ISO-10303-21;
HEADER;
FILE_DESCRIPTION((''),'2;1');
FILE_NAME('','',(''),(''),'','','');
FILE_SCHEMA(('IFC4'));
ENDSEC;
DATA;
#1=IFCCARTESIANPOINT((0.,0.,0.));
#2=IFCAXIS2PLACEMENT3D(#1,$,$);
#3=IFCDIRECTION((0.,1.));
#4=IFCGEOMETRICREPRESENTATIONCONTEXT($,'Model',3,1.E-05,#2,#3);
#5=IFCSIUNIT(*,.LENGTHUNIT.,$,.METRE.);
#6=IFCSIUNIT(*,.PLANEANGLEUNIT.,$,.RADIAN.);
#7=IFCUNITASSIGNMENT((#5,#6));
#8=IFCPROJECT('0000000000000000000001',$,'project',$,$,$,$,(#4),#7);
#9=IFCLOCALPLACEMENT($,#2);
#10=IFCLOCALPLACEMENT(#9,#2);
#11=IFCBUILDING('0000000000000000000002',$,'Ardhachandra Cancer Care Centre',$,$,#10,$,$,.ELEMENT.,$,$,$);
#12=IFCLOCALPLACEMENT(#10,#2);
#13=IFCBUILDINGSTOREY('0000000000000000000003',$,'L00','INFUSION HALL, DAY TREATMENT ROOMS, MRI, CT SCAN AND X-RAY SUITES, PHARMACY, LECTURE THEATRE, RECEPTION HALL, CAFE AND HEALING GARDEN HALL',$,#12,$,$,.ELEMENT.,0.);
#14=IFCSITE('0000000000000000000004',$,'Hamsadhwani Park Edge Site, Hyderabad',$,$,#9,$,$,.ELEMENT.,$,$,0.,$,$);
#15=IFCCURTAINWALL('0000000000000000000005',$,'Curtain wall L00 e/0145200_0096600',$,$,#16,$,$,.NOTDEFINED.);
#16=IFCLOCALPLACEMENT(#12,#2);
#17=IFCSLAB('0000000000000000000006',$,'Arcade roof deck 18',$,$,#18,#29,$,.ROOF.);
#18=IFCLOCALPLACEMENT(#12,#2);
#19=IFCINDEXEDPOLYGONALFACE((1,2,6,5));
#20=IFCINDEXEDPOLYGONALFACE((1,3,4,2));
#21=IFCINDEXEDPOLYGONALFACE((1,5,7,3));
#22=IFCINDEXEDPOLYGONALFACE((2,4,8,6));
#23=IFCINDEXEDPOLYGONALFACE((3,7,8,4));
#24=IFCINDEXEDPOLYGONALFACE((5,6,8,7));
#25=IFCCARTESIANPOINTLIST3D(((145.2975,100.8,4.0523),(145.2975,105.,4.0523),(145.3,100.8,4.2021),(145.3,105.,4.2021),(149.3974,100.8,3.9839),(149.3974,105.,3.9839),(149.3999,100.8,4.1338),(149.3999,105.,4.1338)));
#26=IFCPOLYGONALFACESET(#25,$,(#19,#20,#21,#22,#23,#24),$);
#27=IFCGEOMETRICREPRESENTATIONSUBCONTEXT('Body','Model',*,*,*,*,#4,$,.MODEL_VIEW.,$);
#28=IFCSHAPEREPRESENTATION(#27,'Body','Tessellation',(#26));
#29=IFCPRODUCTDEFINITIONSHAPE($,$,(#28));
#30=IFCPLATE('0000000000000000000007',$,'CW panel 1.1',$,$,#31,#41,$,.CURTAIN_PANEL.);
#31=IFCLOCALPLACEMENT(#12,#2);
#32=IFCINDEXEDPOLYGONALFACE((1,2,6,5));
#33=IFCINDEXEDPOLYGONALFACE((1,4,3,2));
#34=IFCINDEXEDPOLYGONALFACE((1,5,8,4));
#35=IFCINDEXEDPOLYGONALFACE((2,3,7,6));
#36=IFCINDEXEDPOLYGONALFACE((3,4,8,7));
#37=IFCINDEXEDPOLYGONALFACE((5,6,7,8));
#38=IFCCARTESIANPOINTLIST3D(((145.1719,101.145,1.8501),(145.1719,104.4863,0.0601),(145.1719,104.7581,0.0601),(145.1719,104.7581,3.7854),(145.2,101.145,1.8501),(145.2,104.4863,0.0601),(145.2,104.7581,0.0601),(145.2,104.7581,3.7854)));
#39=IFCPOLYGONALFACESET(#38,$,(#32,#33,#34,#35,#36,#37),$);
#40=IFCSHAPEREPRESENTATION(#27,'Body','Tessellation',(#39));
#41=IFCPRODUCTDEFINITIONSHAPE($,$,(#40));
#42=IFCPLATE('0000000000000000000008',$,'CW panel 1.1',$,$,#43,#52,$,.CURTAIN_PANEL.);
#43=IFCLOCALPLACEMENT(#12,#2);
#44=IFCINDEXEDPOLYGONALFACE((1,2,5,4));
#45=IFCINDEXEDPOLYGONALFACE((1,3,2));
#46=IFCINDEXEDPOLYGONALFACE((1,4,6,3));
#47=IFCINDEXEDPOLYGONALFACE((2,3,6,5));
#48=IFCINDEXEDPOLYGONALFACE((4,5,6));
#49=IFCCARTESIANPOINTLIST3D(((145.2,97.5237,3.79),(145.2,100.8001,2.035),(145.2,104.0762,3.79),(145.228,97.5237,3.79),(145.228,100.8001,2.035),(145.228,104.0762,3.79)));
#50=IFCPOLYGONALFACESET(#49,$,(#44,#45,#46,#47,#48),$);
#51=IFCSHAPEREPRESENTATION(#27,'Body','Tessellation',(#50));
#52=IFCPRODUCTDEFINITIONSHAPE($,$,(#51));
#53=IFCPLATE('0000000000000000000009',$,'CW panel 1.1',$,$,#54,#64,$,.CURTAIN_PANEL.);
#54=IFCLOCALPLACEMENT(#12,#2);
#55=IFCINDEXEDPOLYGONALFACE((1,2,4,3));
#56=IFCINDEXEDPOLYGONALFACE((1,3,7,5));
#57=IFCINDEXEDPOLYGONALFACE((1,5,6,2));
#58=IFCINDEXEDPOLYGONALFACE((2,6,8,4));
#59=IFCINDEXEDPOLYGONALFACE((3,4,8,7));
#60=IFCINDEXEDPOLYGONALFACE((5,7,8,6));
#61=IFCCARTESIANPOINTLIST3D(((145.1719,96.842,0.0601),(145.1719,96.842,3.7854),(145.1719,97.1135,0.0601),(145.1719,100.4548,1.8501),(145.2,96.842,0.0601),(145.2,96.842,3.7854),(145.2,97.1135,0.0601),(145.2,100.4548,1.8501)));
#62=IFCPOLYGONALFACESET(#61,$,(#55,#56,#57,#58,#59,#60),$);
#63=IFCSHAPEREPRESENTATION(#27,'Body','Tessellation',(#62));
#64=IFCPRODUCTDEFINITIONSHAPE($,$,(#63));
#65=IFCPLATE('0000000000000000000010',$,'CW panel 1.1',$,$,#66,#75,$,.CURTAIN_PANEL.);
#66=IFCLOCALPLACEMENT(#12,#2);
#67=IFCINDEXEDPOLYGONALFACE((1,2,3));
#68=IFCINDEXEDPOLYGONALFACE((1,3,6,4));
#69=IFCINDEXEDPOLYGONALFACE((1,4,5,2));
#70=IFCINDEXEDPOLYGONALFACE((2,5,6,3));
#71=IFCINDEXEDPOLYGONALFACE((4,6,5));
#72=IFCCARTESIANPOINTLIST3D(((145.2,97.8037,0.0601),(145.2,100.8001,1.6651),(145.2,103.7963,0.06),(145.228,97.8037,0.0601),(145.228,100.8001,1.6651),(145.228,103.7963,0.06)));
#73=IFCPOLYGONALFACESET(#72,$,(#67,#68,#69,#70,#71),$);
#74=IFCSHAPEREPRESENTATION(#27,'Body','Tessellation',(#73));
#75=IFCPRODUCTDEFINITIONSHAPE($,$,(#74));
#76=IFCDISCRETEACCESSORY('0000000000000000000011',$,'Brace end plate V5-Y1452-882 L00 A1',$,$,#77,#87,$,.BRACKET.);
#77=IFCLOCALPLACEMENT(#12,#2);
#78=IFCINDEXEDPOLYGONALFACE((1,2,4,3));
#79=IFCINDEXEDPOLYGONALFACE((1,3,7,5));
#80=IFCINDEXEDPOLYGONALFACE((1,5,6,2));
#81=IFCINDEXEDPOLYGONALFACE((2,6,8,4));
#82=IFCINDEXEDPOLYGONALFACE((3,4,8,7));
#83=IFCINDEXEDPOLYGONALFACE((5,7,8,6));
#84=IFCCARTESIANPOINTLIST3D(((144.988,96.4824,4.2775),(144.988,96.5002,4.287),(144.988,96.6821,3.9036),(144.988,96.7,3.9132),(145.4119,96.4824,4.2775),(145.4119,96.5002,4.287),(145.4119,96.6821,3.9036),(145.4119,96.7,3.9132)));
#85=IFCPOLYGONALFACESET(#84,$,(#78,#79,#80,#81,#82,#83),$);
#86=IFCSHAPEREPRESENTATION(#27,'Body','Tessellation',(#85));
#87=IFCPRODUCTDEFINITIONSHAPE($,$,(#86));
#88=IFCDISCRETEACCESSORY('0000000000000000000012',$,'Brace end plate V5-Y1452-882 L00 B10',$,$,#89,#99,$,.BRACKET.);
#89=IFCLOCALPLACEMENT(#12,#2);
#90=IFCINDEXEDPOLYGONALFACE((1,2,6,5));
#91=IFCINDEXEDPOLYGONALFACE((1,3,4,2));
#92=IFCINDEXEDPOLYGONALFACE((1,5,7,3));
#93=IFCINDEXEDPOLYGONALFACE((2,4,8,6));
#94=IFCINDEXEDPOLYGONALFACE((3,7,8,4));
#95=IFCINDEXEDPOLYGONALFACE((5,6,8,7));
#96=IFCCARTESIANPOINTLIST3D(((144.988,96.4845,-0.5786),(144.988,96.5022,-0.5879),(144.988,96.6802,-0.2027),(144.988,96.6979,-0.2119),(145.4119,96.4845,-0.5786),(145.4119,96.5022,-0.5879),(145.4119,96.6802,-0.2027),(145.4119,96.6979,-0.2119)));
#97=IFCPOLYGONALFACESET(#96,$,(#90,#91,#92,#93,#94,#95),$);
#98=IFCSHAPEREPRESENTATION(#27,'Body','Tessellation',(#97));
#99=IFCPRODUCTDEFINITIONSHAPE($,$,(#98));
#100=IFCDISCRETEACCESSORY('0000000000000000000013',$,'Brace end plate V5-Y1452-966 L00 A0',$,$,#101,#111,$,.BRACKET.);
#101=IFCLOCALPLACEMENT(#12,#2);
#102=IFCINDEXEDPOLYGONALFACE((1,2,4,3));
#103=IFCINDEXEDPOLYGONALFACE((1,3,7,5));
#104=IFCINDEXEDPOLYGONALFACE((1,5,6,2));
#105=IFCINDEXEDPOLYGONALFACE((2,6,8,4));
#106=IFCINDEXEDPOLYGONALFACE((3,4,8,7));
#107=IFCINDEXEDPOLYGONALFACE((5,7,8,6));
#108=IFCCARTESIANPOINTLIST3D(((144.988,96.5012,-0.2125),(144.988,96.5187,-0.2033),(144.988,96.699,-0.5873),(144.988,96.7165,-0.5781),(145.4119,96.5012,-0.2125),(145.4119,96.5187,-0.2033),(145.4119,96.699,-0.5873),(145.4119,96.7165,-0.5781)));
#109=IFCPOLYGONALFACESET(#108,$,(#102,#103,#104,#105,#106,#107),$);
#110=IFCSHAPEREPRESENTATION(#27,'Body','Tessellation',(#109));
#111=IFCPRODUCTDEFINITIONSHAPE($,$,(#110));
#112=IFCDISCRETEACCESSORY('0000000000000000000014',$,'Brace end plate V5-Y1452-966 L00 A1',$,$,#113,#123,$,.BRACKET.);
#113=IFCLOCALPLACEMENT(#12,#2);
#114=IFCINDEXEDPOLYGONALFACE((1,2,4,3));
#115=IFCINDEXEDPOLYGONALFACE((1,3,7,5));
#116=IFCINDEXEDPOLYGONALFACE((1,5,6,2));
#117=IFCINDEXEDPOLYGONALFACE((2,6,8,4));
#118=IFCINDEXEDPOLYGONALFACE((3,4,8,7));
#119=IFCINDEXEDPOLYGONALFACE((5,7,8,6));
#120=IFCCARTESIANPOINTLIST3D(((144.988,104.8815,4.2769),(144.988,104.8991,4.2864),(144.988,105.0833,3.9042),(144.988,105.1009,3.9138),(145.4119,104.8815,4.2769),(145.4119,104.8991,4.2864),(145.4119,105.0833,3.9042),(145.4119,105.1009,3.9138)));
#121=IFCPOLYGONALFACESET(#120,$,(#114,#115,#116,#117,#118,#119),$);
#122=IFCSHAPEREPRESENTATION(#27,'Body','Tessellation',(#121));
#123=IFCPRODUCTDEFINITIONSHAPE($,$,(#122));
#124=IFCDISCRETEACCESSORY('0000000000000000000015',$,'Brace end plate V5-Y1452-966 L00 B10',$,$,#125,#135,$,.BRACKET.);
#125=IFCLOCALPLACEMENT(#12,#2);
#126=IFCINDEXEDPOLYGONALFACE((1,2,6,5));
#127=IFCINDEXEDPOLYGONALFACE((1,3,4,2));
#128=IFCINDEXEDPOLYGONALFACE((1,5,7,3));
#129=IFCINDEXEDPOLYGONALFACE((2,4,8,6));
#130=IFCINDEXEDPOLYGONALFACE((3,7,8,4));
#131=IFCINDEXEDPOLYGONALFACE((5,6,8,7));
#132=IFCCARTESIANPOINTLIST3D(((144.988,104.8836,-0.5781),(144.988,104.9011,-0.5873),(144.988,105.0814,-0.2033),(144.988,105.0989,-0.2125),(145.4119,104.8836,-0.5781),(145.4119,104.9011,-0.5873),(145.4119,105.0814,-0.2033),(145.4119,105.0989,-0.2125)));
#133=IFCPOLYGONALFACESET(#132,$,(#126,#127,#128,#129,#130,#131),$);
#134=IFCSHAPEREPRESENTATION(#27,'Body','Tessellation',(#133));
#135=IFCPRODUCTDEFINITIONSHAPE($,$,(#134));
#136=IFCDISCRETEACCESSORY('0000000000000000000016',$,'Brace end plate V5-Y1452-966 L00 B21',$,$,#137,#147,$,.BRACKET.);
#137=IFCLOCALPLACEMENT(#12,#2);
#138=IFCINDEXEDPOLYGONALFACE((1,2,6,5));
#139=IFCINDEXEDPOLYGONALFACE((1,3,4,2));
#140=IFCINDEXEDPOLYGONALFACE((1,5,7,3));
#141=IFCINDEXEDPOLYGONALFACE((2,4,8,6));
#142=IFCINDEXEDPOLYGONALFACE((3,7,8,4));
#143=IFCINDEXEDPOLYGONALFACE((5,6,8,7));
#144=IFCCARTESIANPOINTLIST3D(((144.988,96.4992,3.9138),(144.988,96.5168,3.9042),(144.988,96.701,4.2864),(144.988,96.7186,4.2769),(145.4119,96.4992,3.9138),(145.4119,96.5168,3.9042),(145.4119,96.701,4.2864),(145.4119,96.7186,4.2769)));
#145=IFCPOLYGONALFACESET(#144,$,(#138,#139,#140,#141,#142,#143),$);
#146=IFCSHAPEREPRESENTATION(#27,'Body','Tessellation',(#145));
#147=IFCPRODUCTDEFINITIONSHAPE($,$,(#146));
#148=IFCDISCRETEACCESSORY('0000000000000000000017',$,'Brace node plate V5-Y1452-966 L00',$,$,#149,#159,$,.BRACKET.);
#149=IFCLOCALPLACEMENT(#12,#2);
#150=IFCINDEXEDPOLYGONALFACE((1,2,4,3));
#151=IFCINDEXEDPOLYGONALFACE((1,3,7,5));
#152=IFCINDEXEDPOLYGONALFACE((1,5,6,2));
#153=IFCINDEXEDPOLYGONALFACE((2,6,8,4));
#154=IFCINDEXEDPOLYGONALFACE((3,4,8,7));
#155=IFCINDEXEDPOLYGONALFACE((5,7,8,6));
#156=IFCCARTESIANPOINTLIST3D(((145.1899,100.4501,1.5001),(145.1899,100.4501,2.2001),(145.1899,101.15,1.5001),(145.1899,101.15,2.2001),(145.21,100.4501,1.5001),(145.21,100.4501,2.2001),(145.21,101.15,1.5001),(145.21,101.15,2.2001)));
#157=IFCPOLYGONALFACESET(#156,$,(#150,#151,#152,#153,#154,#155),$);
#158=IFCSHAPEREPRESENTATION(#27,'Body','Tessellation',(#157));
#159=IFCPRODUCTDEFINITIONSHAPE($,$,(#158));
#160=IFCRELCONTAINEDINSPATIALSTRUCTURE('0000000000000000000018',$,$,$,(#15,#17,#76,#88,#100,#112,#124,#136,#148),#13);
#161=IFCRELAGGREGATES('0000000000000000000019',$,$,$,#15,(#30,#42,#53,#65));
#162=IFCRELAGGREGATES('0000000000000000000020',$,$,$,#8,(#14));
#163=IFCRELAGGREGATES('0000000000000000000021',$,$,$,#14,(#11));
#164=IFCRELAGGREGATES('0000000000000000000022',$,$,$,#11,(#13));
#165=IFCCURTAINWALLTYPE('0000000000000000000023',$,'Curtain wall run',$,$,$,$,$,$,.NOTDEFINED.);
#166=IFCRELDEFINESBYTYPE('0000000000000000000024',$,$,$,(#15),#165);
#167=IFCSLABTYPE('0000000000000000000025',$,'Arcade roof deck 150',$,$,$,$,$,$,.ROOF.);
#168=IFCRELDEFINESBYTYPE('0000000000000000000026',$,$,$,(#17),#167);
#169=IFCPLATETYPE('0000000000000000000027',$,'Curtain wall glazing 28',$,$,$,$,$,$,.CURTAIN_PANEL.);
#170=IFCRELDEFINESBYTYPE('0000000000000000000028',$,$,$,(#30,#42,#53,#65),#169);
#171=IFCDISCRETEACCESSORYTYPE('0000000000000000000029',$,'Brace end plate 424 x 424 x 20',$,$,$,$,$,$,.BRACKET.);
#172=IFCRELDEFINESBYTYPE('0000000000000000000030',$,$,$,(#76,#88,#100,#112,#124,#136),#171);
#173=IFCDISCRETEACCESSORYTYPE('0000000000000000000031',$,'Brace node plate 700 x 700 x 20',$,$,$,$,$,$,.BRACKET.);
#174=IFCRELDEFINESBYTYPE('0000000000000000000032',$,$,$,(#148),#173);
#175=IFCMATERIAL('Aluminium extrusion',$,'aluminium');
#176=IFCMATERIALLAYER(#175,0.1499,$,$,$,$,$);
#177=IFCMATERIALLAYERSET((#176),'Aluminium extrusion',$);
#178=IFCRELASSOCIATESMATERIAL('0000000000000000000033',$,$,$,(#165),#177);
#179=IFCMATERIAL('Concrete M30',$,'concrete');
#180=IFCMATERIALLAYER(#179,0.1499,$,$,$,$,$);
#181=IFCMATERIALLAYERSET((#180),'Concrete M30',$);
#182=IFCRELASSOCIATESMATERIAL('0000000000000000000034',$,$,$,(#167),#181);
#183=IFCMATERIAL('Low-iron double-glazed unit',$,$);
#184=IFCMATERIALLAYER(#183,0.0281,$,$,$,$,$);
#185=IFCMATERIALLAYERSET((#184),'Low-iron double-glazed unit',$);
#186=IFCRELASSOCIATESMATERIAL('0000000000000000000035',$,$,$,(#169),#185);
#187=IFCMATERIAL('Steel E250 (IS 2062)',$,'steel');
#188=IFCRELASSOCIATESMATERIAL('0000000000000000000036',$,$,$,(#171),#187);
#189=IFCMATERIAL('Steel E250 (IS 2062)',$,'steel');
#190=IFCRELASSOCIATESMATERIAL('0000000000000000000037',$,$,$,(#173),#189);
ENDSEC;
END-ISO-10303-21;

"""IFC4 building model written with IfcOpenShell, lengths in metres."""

from ifc_helpers import new_model, si_unit, direction, frame, origin, origin_2d, place, context, subcontext, project, spatial, polyline, rectangle, outline, extrude, material, layer, layer_set, material_profile, profile_set, type_object, element, aggregate, save


model = new_model("IFC4")

# Units and contexts
model_context = context("Model", 3, precision=1e-05, world=origin(), true_north=direction((0.0, 1.0)))
body_context = subcontext(model_context, "Body", "Model", "MODEL_VIEW")
ifc_project = project(units=[si_unit("LENGTHUNIT", "METRE"), si_unit("PLANEANGLEUNIT", "RADIAN")], contexts=[model_context])

# Site, building, storey
site_placement = place(None, origin())
site = spatial("IfcSite", under=ifc_project, at=site_placement, Name="Hamsadhwani Park Edge Site, Hyderabad", CompositionType="ELEMENT", RefElevation=0.0)
building_placement = place(site_placement, origin())
building = spatial("IfcBuilding", under=site, at=building_placement, Name="Ardhachandra Cancer Care Centre", CompositionType="ELEMENT")
storey_placement = place(building_placement, origin())
storey = spatial("IfcBuildingStorey", under=building, at=storey_placement, Name="L00", Description="INFUSION HALL, DAY TREATMENT ROOMS, MRI, CT SCAN AND X-RAY SUITES, PHARMACY, LECTURE THEATRE, RECEPTION HALL, CAFE AND HEALING GARDEN HALL", CompositionType="ELEMENT", Elevation=0.0)

# Curtain wall
ifc_material_1 = material(Name="Aluminium extrusion", Category="aluminium")
ifc_layer_1 = layer(ifc_material_1, 0.1499)
ifc_layer_set_1 = layer_set([ifc_layer_1], Name="Aluminium extrusion")
curtain_wall_type = type_object("IfcCurtainWallType", Name="Curtain wall run", PredefinedType="NOTDEFINED", material=ifc_layer_set_1)
curtain_wall_1_placement = place(storey_placement, origin())
curtain_wall_1 = element("IfcCurtainWall", 1, at=curtain_wall_1_placement, inside=storey, type_object=curtain_wall_type, Name="Curtain wall L00 e/0145200_0096600", PredefinedType="NOTDEFINED")

# Slab
ifc_material_2 = material(Name="Concrete M30", Category="concrete")
ifc_layer_2 = layer(ifc_material_2, 0.1499)
ifc_layer_set_2 = layer_set([ifc_layer_2], Name="Concrete M30")
slab_type = type_object("IfcSlabType", Name="Arcade roof deck 150", PredefinedType="ROOF", material=ifc_layer_set_2)
for number, where, z_axis, x_axis, name in (
    (2, (145.3, 100.8, 4.2021), (0.016671, 0.0, 0.999861), (0.999861, 0.0, -0.016671), "Arcade roof deck 18"),
):
    element("IfcSlab", number, at=place(storey_placement, frame(where, z_axis=z_axis, x_axis=x_axis)), inside=storey, type_object=slab_type, Name=name, PredefinedType="ROOF", context=body_context, shape_type="SweptSolid", body=[
        extrude(outline(polyline([(0.0, 0.0), (4.1004, 0.0), (4.1004, 4.2), (0.0, 4.2), (0.0, 0.0)])), origin(), (0.0, 0.0, -1.0), 0.1499),
    ])

# Plates
ifc_material_3 = material(Name="Low-iron double-glazed unit")
ifc_layer_3 = layer(ifc_material_3, 0.0281)
ifc_layer_set_3 = layer_set([ifc_layer_3], Name="Low-iron double-glazed unit")
plate_type = type_object("IfcPlateType", Name="Curtain wall glazing 28", PredefinedType="CURTAIN_PANEL", material=ifc_layer_set_3)
plate_1_placement = place(storey_placement, frame((145.2, 104.7581, 0.0601), z_axis=(-1.0, 0.0, 0.0), x_axis=(0.0, -1.0, 0.0)))
plate_1 = element("IfcPlate", 3, at=plate_1_placement, type_object=plate_type, Name="CW panel 1.1", PredefinedType="CURTAIN_PANEL", context=body_context, shape_type="SweptSolid", body=[
    extrude(outline(polyline([(0.0, 0.0), (0.2717, 0.0), (3.613, 1.79), (0.0, 3.7253), (0.0, 0.0)])), origin(), (0.0, 0.0, 1.0), 0.0281),
])
plate_2_placement = place(storey_placement, frame((145.2, 104.0762, 3.79), z_axis=(-1.0, 0.0, 0.0), x_axis=(0.0, -0.881473, -0.472234)))
plate_2 = element("IfcPlate", 4, at=plate_2_placement, type_object=plate_type, Name="CW panel 1.1", PredefinedType="CURTAIN_PANEL", context=body_context, shape_type="SweptSolid", body=[
    extrude(outline(polyline([(0.0, 0.0), (3.7166, 0.0), (5.7759, 3.0942), (0.0, 0.0)])), frame((0.0, 0.0, -0.0281)), (0.0, 0.0, 1.0), 0.0281),
])
plate_3_placement = place(storey_placement, frame((145.2, 96.842, 0.0601), z_axis=(-1.0, 0.0, 0.0), x_axis=(0.0, 0.0, 1.0)))
plate_3 = element("IfcPlate", 5, at=plate_3_placement, type_object=plate_type, Name="CW panel 1.1", PredefinedType="CURTAIN_PANEL", context=body_context, shape_type="SweptSolid", body=[
    extrude(outline(polyline([(0.0, 0.0), (3.7253, 0.0), (1.79, 3.6128), (0.0, 0.2715), (0.0, 0.0)])), origin(), (0.0, 0.0, 1.0), 0.0281),
])
plate_4_placement = place(storey_placement, frame((145.2, 97.8037, 0.0601), z_axis=(-1.0, 0.0, 0.0), x_axis=(0.0, 0.881505, 0.472176)))
plate_4 = element("IfcPlate", 6, at=plate_4_placement, type_object=plate_type, Name="CW panel 1.1", PredefinedType="CURTAIN_PANEL", context=body_context, shape_type="SweptSolid", body=[
    extrude(outline(polyline([(0.0, 0.0), (3.3992, 0.0), (5.2825, 2.8296), (0.0, 0.0)])), frame((0.0, 0.0, -0.0281)), (0.0, 0.0, 1.0), 0.0281),
])
aggregate(curtain_wall_1, [plate_1, plate_2, plate_3, plate_4])

# Discrete accessories
ifc_material_4 = material(Name="Steel E250 (IS 2062)", Category="steel")
ifc_material_profile_1 = material_profile(ifc_material_4, rectangle(XDim=0.4238, YDim=0.4238, at=origin_2d()), Name="PL 424x424x20")
ifc_profile_set_1 = profile_set([ifc_material_profile_1], Name="Steel E250 (IS 2062)")
discrete_accessory_type_1 = type_object("IfcDiscreteAccessoryType", Name="Brace end plate 424 x 424 x 20", PredefinedType="BRACKET", material=ifc_profile_set_1)
discrete_accessory_1_placement = place(storey_placement, frame((145.2, 96.6001, 4.1001), z_axis=(0.0, -0.882018, -0.471215), x_axis=(1.0, 0.0, 0.0)))
element("IfcDiscreteAccessory", 7, at=discrete_accessory_1_placement, inside=storey, type_object=discrete_accessory_type_1, Name="Brace end plate V5-Y1452-882 L00 A1", PredefinedType="BRACKET", context=body_context, shape_type="SweptSolid", body=[
    extrude(rectangle(XDim=0.4238, YDim=0.4238, at=origin_2d()), origin(), (0.0, 0.0, 1.0), 0.0203),
])
discrete_accessory_2_placement = place(storey_placement, frame((145.2, 96.6001, -0.3999), z_axis=(0.0, -0.887018, 0.461735), x_axis=(1.0, 0.0, 0.0)))
element("IfcDiscreteAccessory", 8, at=discrete_accessory_2_placement, inside=storey, type_object=discrete_accessory_type_1, Name="Brace end plate V5-Y1452-882 L00 B10", PredefinedType="BRACKET", context=body_context, shape_type="SweptSolid", body=[
    extrude(rectangle(XDim=0.4238, YDim=0.4238, at=origin_2d()), origin(), (0.0, 0.0, 1.0), 0.02),
])
discrete_accessory_3_placement = place(storey_placement, frame((145.2, 96.6001, -0.3999), z_axis=(0.0, 0.884385, 0.466759), x_axis=(-1.0, 0.0, 0.0)))
element("IfcDiscreteAccessory", 9, at=discrete_accessory_3_placement, inside=storey, type_object=discrete_accessory_type_1, Name="Brace end plate V5-Y1452-966 L00 A0", PredefinedType="BRACKET", context=body_context, shape_type="SweptSolid", body=[
    extrude(rectangle(XDim=0.4238, YDim=0.4238, at=origin_2d()), origin(), (0.0, 0.0, 1.0), 0.0198),
])
discrete_accessory_4_placement = place(storey_placement, frame((145.2, 105.0, 4.1001), z_axis=(0.0, -0.879292, -0.476283), x_axis=(1.0, 0.0, 0.0)))
element("IfcDiscreteAccessory", 10, at=discrete_accessory_4_placement, inside=storey, type_object=discrete_accessory_type_1, Name="Brace end plate V5-Y1452-966 L00 A1", PredefinedType="BRACKET", context=body_context, shape_type="SweptSolid", body=[
    extrude(rectangle(XDim=0.4238, YDim=0.4238, at=origin_2d()), origin(), (0.0, 0.0, 1.0), 0.02),
])
discrete_accessory_5_placement = place(storey_placement, frame((145.2, 105.0, -0.3999), z_axis=(0.0, -0.884385, 0.466759), x_axis=(1.0, 0.0, 0.0)))
element("IfcDiscreteAccessory", 11, at=discrete_accessory_5_placement, inside=storey, type_object=discrete_accessory_type_1, Name="Brace end plate V5-Y1452-966 L00 B10", PredefinedType="BRACKET", context=body_context, shape_type="SweptSolid", body=[
    extrude(rectangle(XDim=0.4238, YDim=0.4238, at=origin_2d()), origin(), (0.0, 0.0, 1.0), 0.0198),
])
discrete_accessory_6_placement = place(storey_placement, frame((145.2, 96.6001, 4.1001), z_axis=(0.0, 0.879292, -0.476283), x_axis=(-1.0, 0.0, 0.0)))
element("IfcDiscreteAccessory", 12, at=discrete_accessory_6_placement, inside=storey, type_object=discrete_accessory_type_1, Name="Brace end plate V5-Y1452-966 L00 B21", PredefinedType="BRACKET", context=body_context, shape_type="SweptSolid", body=[
    extrude(rectangle(XDim=0.4238, YDim=0.4238, at=origin_2d()), origin(), (0.0, 0.0, 1.0), 0.02),
])
ifc_material_5 = material(Name="Steel E250 (IS 2062)", Category="steel")
ifc_material_profile_2 = material_profile(ifc_material_5, rectangle(XDim=0.7, YDim=0.7, at=origin_2d()), Name="PL 700x700x20")
ifc_profile_set_2 = profile_set([ifc_material_profile_2], Name="Steel E250 (IS 2062)")
discrete_accessory_type_2 = type_object("IfcDiscreteAccessoryType", Name="Brace node plate 700 x 700 x 20", PredefinedType="BRACKET", material=ifc_profile_set_2)
discrete_accessory_7_placement = place(storey_placement, frame((145.1899, 100.8, 1.8501), z_axis=(1.0, 0.0, 0.0), x_axis=(0.0, 1.0, 0.0)))
element("IfcDiscreteAccessory", 13, at=discrete_accessory_7_placement, inside=storey, type_object=discrete_accessory_type_2, Name="Brace node plate V5-Y1452-966 L00", PredefinedType="BRACKET", context=body_context, shape_type="SweptSolid", body=[
    extrude(rectangle(XDim=0.7, YDim=0.7, at=origin_2d()), origin(), (0.0, 0.0, 1.0), 0.02),
])

save(model, "model.ifc")
